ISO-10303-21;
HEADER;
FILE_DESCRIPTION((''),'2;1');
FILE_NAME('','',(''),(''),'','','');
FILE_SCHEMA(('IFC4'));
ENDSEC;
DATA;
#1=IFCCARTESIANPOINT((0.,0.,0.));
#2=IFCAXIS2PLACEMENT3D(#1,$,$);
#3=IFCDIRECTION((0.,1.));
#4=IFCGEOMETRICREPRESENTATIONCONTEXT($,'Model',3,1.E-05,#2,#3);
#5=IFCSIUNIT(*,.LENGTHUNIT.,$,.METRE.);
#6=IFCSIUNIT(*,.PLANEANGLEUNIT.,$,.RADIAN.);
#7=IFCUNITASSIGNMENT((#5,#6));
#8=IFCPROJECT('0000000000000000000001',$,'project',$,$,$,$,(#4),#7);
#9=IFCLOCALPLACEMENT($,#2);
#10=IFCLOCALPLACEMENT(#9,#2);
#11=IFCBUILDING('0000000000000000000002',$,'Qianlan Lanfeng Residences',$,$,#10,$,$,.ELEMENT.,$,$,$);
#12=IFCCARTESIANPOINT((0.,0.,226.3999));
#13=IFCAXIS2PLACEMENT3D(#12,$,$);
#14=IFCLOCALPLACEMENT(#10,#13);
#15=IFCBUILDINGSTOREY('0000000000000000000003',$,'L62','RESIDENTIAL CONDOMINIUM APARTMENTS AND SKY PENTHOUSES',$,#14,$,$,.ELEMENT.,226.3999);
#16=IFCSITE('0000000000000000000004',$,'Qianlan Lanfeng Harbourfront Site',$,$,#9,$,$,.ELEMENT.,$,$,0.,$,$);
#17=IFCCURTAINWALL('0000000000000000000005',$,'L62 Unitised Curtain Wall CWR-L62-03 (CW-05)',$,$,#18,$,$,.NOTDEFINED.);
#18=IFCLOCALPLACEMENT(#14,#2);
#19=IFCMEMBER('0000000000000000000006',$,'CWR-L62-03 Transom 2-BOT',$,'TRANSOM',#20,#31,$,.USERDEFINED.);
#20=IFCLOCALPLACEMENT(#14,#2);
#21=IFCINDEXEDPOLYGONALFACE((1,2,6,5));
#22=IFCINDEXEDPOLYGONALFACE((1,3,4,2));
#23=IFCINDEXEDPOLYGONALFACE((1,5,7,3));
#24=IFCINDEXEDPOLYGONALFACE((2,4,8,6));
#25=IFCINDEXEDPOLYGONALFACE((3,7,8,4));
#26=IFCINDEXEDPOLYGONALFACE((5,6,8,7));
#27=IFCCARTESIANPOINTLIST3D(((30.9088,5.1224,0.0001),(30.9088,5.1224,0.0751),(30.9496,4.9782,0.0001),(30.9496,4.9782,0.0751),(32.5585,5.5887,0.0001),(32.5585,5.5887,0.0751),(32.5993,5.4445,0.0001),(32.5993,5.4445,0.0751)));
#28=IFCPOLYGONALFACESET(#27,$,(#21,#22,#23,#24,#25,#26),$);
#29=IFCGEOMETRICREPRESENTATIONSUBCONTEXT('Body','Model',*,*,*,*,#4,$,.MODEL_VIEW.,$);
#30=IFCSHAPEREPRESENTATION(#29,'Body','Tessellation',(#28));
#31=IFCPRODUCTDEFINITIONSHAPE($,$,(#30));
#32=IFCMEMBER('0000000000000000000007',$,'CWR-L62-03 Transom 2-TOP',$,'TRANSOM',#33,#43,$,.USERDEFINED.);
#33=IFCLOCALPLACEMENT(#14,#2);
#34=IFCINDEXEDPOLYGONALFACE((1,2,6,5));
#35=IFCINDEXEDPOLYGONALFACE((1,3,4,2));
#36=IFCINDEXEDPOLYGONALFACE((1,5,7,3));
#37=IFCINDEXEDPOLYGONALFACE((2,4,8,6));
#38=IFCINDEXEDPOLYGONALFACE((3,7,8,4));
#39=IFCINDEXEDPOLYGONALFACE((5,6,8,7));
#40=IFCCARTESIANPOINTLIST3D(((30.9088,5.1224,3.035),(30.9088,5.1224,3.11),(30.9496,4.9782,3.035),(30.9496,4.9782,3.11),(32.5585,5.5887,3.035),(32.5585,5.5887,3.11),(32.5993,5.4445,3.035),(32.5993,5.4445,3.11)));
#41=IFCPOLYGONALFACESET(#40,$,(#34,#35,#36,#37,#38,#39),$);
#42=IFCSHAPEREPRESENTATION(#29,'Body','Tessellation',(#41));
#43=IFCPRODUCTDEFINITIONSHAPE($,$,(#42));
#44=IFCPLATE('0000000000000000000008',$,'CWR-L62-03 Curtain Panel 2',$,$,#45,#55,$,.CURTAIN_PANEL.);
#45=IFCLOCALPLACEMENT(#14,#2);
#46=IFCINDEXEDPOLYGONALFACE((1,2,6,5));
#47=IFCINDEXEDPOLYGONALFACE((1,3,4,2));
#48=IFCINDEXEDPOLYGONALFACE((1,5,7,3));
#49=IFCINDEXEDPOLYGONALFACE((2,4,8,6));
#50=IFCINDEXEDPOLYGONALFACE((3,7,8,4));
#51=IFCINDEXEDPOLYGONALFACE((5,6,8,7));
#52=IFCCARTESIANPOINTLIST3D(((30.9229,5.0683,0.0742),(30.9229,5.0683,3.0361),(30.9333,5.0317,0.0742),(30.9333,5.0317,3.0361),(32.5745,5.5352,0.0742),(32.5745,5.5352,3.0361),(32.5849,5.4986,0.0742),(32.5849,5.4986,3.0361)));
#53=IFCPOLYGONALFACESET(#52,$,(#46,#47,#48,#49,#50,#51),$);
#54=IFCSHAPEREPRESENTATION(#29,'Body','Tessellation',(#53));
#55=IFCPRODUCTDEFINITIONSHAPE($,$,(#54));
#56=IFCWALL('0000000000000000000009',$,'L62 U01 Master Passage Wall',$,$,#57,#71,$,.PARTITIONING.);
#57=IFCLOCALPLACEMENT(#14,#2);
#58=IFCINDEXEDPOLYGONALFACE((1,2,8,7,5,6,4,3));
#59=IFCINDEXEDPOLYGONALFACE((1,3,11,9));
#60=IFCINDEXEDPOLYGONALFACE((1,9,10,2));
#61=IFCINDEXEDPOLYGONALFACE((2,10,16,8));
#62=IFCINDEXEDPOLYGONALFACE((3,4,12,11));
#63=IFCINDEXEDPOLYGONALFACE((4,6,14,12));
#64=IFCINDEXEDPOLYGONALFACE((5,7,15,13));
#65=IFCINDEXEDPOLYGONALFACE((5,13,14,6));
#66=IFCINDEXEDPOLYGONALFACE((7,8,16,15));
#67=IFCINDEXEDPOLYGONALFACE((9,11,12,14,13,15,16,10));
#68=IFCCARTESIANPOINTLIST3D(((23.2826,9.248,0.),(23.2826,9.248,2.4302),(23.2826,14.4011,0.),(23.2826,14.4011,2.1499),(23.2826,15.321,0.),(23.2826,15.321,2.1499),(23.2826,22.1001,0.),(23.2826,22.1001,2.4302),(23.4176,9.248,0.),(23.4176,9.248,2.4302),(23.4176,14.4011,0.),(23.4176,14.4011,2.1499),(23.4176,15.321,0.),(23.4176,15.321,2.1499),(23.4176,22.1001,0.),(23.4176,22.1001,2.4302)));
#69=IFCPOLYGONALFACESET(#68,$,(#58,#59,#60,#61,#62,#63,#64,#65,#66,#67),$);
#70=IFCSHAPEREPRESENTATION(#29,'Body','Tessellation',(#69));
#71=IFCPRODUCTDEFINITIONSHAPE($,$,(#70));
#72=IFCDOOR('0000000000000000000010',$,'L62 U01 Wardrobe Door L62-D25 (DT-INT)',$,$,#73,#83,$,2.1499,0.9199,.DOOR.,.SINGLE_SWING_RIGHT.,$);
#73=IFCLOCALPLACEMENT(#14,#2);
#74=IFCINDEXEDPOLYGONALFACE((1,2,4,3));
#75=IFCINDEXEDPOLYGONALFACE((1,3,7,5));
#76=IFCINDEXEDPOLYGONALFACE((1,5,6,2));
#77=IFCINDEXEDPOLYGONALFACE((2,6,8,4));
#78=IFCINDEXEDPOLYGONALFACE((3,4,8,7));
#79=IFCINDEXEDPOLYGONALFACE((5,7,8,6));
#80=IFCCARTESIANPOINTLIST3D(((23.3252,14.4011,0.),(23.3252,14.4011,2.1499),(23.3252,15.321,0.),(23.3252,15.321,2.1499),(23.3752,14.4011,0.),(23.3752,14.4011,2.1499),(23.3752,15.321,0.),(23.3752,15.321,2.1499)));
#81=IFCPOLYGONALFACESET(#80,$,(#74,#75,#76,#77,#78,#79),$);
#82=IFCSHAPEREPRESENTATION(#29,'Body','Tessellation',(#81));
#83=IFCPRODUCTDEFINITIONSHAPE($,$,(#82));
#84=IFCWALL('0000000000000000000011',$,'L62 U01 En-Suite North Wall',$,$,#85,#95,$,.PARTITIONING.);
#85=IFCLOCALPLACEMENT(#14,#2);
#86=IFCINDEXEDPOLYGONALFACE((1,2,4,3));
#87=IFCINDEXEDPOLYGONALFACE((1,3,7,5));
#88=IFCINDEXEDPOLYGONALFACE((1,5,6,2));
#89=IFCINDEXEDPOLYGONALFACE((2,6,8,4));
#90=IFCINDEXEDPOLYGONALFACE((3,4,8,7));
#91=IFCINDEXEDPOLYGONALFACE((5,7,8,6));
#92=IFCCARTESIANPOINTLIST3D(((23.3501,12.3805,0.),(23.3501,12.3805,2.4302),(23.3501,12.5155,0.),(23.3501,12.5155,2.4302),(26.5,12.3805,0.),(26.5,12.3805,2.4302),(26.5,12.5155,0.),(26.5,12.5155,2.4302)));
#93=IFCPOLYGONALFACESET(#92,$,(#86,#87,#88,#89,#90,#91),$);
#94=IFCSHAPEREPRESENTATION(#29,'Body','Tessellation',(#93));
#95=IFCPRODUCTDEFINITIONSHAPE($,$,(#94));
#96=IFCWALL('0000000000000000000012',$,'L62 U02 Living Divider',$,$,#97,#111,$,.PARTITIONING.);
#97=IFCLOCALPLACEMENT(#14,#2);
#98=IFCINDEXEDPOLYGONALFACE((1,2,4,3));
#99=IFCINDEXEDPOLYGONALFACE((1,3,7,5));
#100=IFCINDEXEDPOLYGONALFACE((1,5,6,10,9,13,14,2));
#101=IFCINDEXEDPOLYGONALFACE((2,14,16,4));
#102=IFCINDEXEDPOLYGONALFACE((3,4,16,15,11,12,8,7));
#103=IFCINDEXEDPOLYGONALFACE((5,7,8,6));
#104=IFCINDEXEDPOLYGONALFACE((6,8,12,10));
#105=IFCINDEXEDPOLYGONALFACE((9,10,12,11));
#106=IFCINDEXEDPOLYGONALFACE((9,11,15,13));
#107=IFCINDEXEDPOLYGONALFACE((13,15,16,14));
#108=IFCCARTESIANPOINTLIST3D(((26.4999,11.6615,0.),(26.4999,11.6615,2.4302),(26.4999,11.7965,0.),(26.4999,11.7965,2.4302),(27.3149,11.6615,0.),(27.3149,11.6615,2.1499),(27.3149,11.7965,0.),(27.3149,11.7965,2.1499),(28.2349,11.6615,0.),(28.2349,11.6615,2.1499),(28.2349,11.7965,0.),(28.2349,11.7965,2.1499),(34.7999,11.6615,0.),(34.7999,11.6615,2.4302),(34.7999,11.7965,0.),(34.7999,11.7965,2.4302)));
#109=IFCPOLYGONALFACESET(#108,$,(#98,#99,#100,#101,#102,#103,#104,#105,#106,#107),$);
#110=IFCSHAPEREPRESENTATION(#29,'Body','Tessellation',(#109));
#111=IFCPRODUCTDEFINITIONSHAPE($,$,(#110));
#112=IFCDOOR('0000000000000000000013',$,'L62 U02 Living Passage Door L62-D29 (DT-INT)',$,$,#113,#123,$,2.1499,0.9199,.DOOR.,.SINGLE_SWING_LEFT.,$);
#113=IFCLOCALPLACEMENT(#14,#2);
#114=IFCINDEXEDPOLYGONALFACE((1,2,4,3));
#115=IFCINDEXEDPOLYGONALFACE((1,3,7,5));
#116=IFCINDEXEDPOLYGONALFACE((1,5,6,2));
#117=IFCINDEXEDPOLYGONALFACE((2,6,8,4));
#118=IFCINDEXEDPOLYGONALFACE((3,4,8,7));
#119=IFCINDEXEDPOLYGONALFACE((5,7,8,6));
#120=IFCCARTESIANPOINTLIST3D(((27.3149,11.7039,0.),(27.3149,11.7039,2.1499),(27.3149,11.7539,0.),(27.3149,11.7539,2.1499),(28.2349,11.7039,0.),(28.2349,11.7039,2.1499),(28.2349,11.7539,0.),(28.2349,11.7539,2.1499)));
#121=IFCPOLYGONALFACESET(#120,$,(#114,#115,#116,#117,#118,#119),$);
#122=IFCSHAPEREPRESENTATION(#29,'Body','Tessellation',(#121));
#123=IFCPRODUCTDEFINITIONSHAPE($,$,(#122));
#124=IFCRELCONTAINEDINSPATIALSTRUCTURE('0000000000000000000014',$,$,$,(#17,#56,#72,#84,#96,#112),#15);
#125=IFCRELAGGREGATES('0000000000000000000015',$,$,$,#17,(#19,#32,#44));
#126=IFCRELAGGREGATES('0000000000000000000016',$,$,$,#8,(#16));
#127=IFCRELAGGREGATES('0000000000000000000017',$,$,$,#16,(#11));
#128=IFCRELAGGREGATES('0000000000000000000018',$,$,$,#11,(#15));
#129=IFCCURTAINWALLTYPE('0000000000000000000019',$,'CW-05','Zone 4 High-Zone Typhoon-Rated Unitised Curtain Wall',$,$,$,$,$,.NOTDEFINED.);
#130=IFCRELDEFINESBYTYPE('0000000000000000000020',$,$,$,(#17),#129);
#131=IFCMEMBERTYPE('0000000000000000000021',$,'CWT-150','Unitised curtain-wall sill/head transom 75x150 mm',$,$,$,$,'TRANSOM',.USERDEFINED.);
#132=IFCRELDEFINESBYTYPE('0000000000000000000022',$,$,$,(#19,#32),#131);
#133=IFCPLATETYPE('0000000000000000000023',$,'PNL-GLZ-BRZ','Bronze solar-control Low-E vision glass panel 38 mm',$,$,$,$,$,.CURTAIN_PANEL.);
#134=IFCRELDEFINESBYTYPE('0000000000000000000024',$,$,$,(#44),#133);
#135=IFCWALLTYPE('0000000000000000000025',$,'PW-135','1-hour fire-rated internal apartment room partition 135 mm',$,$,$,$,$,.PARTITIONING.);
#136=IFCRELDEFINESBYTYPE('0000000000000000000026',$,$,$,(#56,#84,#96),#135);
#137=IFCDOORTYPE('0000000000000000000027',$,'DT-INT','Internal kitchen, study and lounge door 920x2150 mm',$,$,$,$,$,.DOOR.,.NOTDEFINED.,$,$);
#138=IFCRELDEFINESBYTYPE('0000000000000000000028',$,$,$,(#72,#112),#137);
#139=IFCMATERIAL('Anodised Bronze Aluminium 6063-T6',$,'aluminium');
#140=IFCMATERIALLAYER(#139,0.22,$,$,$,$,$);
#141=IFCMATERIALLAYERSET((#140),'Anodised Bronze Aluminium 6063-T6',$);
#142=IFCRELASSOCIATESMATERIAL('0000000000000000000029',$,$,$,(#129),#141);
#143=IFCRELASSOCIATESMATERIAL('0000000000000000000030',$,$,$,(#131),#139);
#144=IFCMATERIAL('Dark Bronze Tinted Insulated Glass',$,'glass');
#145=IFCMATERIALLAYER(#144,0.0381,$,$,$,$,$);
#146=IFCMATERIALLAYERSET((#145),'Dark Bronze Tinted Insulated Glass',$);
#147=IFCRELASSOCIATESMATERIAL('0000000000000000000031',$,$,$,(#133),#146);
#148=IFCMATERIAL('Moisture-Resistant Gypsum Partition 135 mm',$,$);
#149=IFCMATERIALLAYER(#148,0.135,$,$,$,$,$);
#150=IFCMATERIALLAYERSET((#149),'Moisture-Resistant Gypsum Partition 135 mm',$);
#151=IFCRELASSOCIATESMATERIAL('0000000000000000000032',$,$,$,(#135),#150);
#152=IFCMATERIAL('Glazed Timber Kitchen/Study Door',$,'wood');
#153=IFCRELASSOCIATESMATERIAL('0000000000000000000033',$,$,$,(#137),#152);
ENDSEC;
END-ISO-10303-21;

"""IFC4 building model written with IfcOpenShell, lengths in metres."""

from ifc_helpers import new_model, si_unit, direction, frame, frame_2d, origin, origin_2d, place, context, subcontext, project, spatial, rectangle, extrude, source, transform, mapped, material, layer, layer_set, material_profile, profile_set, type_object, element, fill, aggregate, save


model = new_model("IFC4")

# Units and contexts
model_context = context("Model", 3, precision=1e-05, world=origin(), true_north=direction((0.0, 1.0)))
body_context = subcontext(model_context, "Body", "Model", "MODEL_VIEW")
ifc_project = project(units=[si_unit("LENGTHUNIT", "METRE"), si_unit("PLANEANGLEUNIT", "RADIAN")], contexts=[model_context])

# Site, building, storey
site_placement = place(None, origin())
site = spatial("IfcSite", under=ifc_project, at=site_placement, Name="Qianlan Lanfeng Harbourfront Site", CompositionType="ELEMENT", RefElevation=0.0)
building_placement = place(site_placement, origin())
building = spatial("IfcBuilding", under=site, at=building_placement, Name="Qianlan Lanfeng Residences", CompositionType="ELEMENT")
storey_placement = place(building_placement, frame((0.0, 0.0, 226.3999)))
storey = spatial("IfcBuildingStorey", under=building, at=storey_placement, Name="L62", Description="RESIDENTIAL CONDOMINIUM APARTMENTS AND SKY PENTHOUSES", CompositionType="ELEMENT", Elevation=226.3999)

# Curtain wall, members, plate
ifc_material_1 = material(Name="Anodised Bronze Aluminium 6063-T6", Category="aluminium")
ifc_layer_1 = layer(ifc_material_1, 0.22)
ifc_layer_set_1 = layer_set([ifc_layer_1], Name="Anodised Bronze Aluminium 6063-T6")
curtain_wall_type = type_object("IfcCurtainWallType", Name="CW-05", Description="Zone 4 High-Zone Typhoon-Rated Unitised Curtain Wall", PredefinedType="NOTDEFINED", material=ifc_layer_set_1)
curtain_wall_placement = place(storey_placement, origin())
curtain_wall = element("IfcCurtainWall", 1, at=curtain_wall_placement, inside=storey, type_object=curtain_wall_type, Name="L62 Unitised Curtain Wall CWR-L62-03 (CW-05)", PredefinedType="NOTDEFINED")
ifc_material_profile_1 = material_profile(ifc_material_1, rectangle(XDim=0.075, YDim=0.1499, at=origin_2d()), Name="ALU TRANSOM 75x150")
ifc_profile_set_1 = profile_set([ifc_material_profile_1], Name="Anodised Bronze Aluminium 6063-T6")
member_type_1 = type_object("IfcMemberType", Name="CWT-150", Description="Unitised curtain-wall sill/head transom 75x150 mm", ElementType="TRANSOM", PredefinedType="USERDEFINED", material=ifc_profile_set_1)
shared_shape_1 = source(origin(), body_context, "Body", "SweptSolid", [
    extrude(rectangle(XDim=0.075, YDim=0.1499, at=origin_2d()), origin(), (0.0, 0.0, 1.0), 1.7144),
])
member_1_placement = place(storey_placement, frame((30.9292, 5.0503, 0.0376), z_axis=(0.962294, 0.272011, 0.0), x_axis=(0.0, 0.0, 1.0)))
member_1 = element("IfcMember", 2, at=member_1_placement, type_object=member_type_1, Name="CWR-L62-03 Transom 2-BOT", ObjectType="TRANSOM", PredefinedType="USERDEFINED", context=body_context, shape_type="MappedRepresentation", body=[
    mapped(shared_shape_1, transform((0.0, 0.0, 0.0), scale=1.0)),
])
member_2_placement = place(storey_placement, frame((30.9292, 5.0503, 3.0725), z_axis=(0.962294, 0.272011, 0.0), x_axis=(0.0, 0.0, 1.0)))
member_2 = element("IfcMember", 3, at=member_2_placement, type_object=member_type_1, Name="CWR-L62-03 Transom 2-TOP", ObjectType="TRANSOM", PredefinedType="USERDEFINED", context=body_context, shape_type="MappedRepresentation", body=[
    mapped(shared_shape_1, transform((0.0, 0.0, 0.0), scale=1.0)),
])
ifc_material_2 = material(Name="Dark Bronze Tinted Insulated Glass", Category="glass")
ifc_layer_2 = layer(ifc_material_2, 0.0381)
ifc_layer_set_2 = layer_set([ifc_layer_2], Name="Dark Bronze Tinted Insulated Glass")
plate_type = type_object("IfcPlateType", Name="PNL-GLZ-BRZ", Description="Bronze solar-control Low-E vision glass panel 38 mm", PredefinedType="CURTAIN_PANEL", material=ifc_layer_set_2)
shared_shape_2 = source(origin(), body_context, "Body", "SweptSolid", [
    extrude(rectangle(XDim=1.7163, YDim=0.0381, at=origin_2d()), origin(), (0.0, 0.0, 1.0), 2.9619),
])
plate_placement = place(storey_placement, frame((31.7539, 5.2834, 0.0742), z_axis=(0.0, 0.0, 1.0), x_axis=(0.962284, 0.272045, 0.0)))
plate = element("IfcPlate", 4, at=plate_placement, type_object=plate_type, Name="CWR-L62-03 Curtain Panel 2", PredefinedType="CURTAIN_PANEL", context=body_context, shape_type="MappedRepresentation", body=[
    mapped(shared_shape_2, transform((0.0, 0.0, 0.0), scale=1.0)),
])
aggregate(curtain_wall, [member_1, member_2, plate])

# Wall, opening, door
ifc_material_3 = material(Name="Moisture-Resistant Gypsum Partition 135 mm")
ifc_layer_3 = layer(ifc_material_3, 0.135)
ifc_layer_set_3 = layer_set([ifc_layer_3], Name="Moisture-Resistant Gypsum Partition 135 mm")
wall_type = type_object("IfcWallType", Name="PW-135", Description="1-hour fire-rated internal apartment room partition 135 mm", PredefinedType="PARTITIONING", material=ifc_layer_set_3)
wall_1_placement = place(storey_placement, frame((23.3501, 9.248, 0.0), z_axis=(0.0, 0.0, 1.0), x_axis=(0.0, 1.0, 0.0)))
wall_1 = element("IfcWall", 5, at=wall_1_placement, inside=storey, type_object=wall_type, Name="L62 U01 Master Passage Wall", PredefinedType="PARTITIONING", context=body_context, shape_type="SweptSolid", body=[
    extrude(rectangle(XDim=12.8521, YDim=0.135, at=frame_2d((6.426, 0.0))), origin(), (0.0, 0.0, 1.0), 2.4302),
])
opening_1_placement = place(wall_1_placement, frame((5.1531, 0.0, 0.0)))
opening_1 = element("IfcOpeningElement", 6, at=opening_1_placement, cuts=wall_1, PredefinedType="OPENING", context=body_context, shape_type="SweptSolid", body=[
    extrude(rectangle(XDim=0.9199, YDim=2.1499, at=frame_2d((0.46, 1.075))), frame((0.0, 0.0776, 0.0), z_axis=(0.0, -1.0, 0.0), x_axis=(1.0, 0.0, 0.0)), (0.0, 0.0, 1.0), 0.155),
])
ifc_material_4 = material(Name="Glazed Timber Kitchen/Study Door", Category="wood")
door_type_1 = type_object("IfcDoorType", Name="DT-INT", Description="Internal kitchen, study and lounge door 920x2150 mm", OperationType="NOTDEFINED", PredefinedType="DOOR", material=ifc_material_4)
door_1_placement = place(opening_1_placement, origin())
door_1 = element("IfcDoor", 7, at=door_1_placement, inside=storey, type_object=door_type_1, Name="L62 U01 Wardrobe Door L62-D25 (DT-INT)", OperationType="SINGLE_SWING_RIGHT", OverallHeight=2.1499, OverallWidth=0.9199, PredefinedType="DOOR", context=body_context, shape_type="SweptSolid", body=[
    extrude(rectangle(XDim=0.9199, YDim=2.1499, at=frame_2d((0.46, 1.075))), frame((0.0, 0.0249, 0.0), z_axis=(0.0, -1.0, 0.0), x_axis=(1.0, 0.0, 0.0)), (0.0, 0.0, 1.0), 0.05),
])
fill(opening_1, door_1)

# Wall
wall_2_placement = place(storey_placement, frame((23.3501, 12.448, 0.0), z_axis=(0.0, 0.0, 1.0), x_axis=(1.0, 0.0, 0.0)))
element("IfcWall", 8, at=wall_2_placement, inside=storey, type_object=wall_type, Name="L62 U01 En-Suite North Wall", PredefinedType="PARTITIONING", context=body_context, shape_type="SweptSolid", body=[
    extrude(rectangle(XDim=3.1499, YDim=0.135, at=frame_2d((1.575, 0.0))), origin(), (0.0, 0.0, 1.0), 2.4302),
])

# Wall, opening, door
wall_3_placement = place(storey_placement, frame((26.5, 11.729, 0.0), z_axis=(0.0, 0.0, 1.0), x_axis=(1.0, 0.0, 0.0)))
wall_3 = element("IfcWall", 9, at=wall_3_placement, inside=storey, type_object=wall_type, Name="L62 U02 Living Divider", PredefinedType="PARTITIONING", context=body_context, shape_type="SweptSolid", body=[
    extrude(rectangle(XDim=8.3, YDim=0.135, at=frame_2d((4.1499, 0.0))), origin(), (0.0, 0.0, 1.0), 2.4302),
])
opening_2_placement = place(wall_3_placement, frame((0.8149, 0.0, 0.0)))
opening_2 = element("IfcOpeningElement", 10, at=opening_2_placement, cuts=wall_3, PredefinedType="OPENING", context=body_context, shape_type="SweptSolid", body=[
    extrude(rectangle(XDim=0.9199, YDim=2.1499, at=frame_2d((0.46, 1.075))), frame((0.0, 0.0776, 0.0), z_axis=(0.0, -1.0, 0.0), x_axis=(1.0, 0.0, 0.0)), (0.0, 0.0, 1.0), 0.155),
])
door_2_placement = place(opening_2_placement, origin())
door_2 = element("IfcDoor", 11, at=door_2_placement, inside=storey, type_object=door_type_1, Name="L62 U02 Living Passage Door L62-D29 (DT-INT)", OperationType="SINGLE_SWING_LEFT", OverallHeight=2.1499, OverallWidth=0.9199, PredefinedType="DOOR", context=body_context, shape_type="SweptSolid", body=[
    extrude(rectangle(XDim=0.9199, YDim=2.1499, at=frame_2d((0.46, 1.075))), frame((0.0, 0.0249, 0.0), z_axis=(0.0, -1.0, 0.0), x_axis=(1.0, 0.0, 0.0)), (0.0, 0.0, 1.0), 0.05),
])
fill(opening_2, door_2)

save(model, "model.ifc")
